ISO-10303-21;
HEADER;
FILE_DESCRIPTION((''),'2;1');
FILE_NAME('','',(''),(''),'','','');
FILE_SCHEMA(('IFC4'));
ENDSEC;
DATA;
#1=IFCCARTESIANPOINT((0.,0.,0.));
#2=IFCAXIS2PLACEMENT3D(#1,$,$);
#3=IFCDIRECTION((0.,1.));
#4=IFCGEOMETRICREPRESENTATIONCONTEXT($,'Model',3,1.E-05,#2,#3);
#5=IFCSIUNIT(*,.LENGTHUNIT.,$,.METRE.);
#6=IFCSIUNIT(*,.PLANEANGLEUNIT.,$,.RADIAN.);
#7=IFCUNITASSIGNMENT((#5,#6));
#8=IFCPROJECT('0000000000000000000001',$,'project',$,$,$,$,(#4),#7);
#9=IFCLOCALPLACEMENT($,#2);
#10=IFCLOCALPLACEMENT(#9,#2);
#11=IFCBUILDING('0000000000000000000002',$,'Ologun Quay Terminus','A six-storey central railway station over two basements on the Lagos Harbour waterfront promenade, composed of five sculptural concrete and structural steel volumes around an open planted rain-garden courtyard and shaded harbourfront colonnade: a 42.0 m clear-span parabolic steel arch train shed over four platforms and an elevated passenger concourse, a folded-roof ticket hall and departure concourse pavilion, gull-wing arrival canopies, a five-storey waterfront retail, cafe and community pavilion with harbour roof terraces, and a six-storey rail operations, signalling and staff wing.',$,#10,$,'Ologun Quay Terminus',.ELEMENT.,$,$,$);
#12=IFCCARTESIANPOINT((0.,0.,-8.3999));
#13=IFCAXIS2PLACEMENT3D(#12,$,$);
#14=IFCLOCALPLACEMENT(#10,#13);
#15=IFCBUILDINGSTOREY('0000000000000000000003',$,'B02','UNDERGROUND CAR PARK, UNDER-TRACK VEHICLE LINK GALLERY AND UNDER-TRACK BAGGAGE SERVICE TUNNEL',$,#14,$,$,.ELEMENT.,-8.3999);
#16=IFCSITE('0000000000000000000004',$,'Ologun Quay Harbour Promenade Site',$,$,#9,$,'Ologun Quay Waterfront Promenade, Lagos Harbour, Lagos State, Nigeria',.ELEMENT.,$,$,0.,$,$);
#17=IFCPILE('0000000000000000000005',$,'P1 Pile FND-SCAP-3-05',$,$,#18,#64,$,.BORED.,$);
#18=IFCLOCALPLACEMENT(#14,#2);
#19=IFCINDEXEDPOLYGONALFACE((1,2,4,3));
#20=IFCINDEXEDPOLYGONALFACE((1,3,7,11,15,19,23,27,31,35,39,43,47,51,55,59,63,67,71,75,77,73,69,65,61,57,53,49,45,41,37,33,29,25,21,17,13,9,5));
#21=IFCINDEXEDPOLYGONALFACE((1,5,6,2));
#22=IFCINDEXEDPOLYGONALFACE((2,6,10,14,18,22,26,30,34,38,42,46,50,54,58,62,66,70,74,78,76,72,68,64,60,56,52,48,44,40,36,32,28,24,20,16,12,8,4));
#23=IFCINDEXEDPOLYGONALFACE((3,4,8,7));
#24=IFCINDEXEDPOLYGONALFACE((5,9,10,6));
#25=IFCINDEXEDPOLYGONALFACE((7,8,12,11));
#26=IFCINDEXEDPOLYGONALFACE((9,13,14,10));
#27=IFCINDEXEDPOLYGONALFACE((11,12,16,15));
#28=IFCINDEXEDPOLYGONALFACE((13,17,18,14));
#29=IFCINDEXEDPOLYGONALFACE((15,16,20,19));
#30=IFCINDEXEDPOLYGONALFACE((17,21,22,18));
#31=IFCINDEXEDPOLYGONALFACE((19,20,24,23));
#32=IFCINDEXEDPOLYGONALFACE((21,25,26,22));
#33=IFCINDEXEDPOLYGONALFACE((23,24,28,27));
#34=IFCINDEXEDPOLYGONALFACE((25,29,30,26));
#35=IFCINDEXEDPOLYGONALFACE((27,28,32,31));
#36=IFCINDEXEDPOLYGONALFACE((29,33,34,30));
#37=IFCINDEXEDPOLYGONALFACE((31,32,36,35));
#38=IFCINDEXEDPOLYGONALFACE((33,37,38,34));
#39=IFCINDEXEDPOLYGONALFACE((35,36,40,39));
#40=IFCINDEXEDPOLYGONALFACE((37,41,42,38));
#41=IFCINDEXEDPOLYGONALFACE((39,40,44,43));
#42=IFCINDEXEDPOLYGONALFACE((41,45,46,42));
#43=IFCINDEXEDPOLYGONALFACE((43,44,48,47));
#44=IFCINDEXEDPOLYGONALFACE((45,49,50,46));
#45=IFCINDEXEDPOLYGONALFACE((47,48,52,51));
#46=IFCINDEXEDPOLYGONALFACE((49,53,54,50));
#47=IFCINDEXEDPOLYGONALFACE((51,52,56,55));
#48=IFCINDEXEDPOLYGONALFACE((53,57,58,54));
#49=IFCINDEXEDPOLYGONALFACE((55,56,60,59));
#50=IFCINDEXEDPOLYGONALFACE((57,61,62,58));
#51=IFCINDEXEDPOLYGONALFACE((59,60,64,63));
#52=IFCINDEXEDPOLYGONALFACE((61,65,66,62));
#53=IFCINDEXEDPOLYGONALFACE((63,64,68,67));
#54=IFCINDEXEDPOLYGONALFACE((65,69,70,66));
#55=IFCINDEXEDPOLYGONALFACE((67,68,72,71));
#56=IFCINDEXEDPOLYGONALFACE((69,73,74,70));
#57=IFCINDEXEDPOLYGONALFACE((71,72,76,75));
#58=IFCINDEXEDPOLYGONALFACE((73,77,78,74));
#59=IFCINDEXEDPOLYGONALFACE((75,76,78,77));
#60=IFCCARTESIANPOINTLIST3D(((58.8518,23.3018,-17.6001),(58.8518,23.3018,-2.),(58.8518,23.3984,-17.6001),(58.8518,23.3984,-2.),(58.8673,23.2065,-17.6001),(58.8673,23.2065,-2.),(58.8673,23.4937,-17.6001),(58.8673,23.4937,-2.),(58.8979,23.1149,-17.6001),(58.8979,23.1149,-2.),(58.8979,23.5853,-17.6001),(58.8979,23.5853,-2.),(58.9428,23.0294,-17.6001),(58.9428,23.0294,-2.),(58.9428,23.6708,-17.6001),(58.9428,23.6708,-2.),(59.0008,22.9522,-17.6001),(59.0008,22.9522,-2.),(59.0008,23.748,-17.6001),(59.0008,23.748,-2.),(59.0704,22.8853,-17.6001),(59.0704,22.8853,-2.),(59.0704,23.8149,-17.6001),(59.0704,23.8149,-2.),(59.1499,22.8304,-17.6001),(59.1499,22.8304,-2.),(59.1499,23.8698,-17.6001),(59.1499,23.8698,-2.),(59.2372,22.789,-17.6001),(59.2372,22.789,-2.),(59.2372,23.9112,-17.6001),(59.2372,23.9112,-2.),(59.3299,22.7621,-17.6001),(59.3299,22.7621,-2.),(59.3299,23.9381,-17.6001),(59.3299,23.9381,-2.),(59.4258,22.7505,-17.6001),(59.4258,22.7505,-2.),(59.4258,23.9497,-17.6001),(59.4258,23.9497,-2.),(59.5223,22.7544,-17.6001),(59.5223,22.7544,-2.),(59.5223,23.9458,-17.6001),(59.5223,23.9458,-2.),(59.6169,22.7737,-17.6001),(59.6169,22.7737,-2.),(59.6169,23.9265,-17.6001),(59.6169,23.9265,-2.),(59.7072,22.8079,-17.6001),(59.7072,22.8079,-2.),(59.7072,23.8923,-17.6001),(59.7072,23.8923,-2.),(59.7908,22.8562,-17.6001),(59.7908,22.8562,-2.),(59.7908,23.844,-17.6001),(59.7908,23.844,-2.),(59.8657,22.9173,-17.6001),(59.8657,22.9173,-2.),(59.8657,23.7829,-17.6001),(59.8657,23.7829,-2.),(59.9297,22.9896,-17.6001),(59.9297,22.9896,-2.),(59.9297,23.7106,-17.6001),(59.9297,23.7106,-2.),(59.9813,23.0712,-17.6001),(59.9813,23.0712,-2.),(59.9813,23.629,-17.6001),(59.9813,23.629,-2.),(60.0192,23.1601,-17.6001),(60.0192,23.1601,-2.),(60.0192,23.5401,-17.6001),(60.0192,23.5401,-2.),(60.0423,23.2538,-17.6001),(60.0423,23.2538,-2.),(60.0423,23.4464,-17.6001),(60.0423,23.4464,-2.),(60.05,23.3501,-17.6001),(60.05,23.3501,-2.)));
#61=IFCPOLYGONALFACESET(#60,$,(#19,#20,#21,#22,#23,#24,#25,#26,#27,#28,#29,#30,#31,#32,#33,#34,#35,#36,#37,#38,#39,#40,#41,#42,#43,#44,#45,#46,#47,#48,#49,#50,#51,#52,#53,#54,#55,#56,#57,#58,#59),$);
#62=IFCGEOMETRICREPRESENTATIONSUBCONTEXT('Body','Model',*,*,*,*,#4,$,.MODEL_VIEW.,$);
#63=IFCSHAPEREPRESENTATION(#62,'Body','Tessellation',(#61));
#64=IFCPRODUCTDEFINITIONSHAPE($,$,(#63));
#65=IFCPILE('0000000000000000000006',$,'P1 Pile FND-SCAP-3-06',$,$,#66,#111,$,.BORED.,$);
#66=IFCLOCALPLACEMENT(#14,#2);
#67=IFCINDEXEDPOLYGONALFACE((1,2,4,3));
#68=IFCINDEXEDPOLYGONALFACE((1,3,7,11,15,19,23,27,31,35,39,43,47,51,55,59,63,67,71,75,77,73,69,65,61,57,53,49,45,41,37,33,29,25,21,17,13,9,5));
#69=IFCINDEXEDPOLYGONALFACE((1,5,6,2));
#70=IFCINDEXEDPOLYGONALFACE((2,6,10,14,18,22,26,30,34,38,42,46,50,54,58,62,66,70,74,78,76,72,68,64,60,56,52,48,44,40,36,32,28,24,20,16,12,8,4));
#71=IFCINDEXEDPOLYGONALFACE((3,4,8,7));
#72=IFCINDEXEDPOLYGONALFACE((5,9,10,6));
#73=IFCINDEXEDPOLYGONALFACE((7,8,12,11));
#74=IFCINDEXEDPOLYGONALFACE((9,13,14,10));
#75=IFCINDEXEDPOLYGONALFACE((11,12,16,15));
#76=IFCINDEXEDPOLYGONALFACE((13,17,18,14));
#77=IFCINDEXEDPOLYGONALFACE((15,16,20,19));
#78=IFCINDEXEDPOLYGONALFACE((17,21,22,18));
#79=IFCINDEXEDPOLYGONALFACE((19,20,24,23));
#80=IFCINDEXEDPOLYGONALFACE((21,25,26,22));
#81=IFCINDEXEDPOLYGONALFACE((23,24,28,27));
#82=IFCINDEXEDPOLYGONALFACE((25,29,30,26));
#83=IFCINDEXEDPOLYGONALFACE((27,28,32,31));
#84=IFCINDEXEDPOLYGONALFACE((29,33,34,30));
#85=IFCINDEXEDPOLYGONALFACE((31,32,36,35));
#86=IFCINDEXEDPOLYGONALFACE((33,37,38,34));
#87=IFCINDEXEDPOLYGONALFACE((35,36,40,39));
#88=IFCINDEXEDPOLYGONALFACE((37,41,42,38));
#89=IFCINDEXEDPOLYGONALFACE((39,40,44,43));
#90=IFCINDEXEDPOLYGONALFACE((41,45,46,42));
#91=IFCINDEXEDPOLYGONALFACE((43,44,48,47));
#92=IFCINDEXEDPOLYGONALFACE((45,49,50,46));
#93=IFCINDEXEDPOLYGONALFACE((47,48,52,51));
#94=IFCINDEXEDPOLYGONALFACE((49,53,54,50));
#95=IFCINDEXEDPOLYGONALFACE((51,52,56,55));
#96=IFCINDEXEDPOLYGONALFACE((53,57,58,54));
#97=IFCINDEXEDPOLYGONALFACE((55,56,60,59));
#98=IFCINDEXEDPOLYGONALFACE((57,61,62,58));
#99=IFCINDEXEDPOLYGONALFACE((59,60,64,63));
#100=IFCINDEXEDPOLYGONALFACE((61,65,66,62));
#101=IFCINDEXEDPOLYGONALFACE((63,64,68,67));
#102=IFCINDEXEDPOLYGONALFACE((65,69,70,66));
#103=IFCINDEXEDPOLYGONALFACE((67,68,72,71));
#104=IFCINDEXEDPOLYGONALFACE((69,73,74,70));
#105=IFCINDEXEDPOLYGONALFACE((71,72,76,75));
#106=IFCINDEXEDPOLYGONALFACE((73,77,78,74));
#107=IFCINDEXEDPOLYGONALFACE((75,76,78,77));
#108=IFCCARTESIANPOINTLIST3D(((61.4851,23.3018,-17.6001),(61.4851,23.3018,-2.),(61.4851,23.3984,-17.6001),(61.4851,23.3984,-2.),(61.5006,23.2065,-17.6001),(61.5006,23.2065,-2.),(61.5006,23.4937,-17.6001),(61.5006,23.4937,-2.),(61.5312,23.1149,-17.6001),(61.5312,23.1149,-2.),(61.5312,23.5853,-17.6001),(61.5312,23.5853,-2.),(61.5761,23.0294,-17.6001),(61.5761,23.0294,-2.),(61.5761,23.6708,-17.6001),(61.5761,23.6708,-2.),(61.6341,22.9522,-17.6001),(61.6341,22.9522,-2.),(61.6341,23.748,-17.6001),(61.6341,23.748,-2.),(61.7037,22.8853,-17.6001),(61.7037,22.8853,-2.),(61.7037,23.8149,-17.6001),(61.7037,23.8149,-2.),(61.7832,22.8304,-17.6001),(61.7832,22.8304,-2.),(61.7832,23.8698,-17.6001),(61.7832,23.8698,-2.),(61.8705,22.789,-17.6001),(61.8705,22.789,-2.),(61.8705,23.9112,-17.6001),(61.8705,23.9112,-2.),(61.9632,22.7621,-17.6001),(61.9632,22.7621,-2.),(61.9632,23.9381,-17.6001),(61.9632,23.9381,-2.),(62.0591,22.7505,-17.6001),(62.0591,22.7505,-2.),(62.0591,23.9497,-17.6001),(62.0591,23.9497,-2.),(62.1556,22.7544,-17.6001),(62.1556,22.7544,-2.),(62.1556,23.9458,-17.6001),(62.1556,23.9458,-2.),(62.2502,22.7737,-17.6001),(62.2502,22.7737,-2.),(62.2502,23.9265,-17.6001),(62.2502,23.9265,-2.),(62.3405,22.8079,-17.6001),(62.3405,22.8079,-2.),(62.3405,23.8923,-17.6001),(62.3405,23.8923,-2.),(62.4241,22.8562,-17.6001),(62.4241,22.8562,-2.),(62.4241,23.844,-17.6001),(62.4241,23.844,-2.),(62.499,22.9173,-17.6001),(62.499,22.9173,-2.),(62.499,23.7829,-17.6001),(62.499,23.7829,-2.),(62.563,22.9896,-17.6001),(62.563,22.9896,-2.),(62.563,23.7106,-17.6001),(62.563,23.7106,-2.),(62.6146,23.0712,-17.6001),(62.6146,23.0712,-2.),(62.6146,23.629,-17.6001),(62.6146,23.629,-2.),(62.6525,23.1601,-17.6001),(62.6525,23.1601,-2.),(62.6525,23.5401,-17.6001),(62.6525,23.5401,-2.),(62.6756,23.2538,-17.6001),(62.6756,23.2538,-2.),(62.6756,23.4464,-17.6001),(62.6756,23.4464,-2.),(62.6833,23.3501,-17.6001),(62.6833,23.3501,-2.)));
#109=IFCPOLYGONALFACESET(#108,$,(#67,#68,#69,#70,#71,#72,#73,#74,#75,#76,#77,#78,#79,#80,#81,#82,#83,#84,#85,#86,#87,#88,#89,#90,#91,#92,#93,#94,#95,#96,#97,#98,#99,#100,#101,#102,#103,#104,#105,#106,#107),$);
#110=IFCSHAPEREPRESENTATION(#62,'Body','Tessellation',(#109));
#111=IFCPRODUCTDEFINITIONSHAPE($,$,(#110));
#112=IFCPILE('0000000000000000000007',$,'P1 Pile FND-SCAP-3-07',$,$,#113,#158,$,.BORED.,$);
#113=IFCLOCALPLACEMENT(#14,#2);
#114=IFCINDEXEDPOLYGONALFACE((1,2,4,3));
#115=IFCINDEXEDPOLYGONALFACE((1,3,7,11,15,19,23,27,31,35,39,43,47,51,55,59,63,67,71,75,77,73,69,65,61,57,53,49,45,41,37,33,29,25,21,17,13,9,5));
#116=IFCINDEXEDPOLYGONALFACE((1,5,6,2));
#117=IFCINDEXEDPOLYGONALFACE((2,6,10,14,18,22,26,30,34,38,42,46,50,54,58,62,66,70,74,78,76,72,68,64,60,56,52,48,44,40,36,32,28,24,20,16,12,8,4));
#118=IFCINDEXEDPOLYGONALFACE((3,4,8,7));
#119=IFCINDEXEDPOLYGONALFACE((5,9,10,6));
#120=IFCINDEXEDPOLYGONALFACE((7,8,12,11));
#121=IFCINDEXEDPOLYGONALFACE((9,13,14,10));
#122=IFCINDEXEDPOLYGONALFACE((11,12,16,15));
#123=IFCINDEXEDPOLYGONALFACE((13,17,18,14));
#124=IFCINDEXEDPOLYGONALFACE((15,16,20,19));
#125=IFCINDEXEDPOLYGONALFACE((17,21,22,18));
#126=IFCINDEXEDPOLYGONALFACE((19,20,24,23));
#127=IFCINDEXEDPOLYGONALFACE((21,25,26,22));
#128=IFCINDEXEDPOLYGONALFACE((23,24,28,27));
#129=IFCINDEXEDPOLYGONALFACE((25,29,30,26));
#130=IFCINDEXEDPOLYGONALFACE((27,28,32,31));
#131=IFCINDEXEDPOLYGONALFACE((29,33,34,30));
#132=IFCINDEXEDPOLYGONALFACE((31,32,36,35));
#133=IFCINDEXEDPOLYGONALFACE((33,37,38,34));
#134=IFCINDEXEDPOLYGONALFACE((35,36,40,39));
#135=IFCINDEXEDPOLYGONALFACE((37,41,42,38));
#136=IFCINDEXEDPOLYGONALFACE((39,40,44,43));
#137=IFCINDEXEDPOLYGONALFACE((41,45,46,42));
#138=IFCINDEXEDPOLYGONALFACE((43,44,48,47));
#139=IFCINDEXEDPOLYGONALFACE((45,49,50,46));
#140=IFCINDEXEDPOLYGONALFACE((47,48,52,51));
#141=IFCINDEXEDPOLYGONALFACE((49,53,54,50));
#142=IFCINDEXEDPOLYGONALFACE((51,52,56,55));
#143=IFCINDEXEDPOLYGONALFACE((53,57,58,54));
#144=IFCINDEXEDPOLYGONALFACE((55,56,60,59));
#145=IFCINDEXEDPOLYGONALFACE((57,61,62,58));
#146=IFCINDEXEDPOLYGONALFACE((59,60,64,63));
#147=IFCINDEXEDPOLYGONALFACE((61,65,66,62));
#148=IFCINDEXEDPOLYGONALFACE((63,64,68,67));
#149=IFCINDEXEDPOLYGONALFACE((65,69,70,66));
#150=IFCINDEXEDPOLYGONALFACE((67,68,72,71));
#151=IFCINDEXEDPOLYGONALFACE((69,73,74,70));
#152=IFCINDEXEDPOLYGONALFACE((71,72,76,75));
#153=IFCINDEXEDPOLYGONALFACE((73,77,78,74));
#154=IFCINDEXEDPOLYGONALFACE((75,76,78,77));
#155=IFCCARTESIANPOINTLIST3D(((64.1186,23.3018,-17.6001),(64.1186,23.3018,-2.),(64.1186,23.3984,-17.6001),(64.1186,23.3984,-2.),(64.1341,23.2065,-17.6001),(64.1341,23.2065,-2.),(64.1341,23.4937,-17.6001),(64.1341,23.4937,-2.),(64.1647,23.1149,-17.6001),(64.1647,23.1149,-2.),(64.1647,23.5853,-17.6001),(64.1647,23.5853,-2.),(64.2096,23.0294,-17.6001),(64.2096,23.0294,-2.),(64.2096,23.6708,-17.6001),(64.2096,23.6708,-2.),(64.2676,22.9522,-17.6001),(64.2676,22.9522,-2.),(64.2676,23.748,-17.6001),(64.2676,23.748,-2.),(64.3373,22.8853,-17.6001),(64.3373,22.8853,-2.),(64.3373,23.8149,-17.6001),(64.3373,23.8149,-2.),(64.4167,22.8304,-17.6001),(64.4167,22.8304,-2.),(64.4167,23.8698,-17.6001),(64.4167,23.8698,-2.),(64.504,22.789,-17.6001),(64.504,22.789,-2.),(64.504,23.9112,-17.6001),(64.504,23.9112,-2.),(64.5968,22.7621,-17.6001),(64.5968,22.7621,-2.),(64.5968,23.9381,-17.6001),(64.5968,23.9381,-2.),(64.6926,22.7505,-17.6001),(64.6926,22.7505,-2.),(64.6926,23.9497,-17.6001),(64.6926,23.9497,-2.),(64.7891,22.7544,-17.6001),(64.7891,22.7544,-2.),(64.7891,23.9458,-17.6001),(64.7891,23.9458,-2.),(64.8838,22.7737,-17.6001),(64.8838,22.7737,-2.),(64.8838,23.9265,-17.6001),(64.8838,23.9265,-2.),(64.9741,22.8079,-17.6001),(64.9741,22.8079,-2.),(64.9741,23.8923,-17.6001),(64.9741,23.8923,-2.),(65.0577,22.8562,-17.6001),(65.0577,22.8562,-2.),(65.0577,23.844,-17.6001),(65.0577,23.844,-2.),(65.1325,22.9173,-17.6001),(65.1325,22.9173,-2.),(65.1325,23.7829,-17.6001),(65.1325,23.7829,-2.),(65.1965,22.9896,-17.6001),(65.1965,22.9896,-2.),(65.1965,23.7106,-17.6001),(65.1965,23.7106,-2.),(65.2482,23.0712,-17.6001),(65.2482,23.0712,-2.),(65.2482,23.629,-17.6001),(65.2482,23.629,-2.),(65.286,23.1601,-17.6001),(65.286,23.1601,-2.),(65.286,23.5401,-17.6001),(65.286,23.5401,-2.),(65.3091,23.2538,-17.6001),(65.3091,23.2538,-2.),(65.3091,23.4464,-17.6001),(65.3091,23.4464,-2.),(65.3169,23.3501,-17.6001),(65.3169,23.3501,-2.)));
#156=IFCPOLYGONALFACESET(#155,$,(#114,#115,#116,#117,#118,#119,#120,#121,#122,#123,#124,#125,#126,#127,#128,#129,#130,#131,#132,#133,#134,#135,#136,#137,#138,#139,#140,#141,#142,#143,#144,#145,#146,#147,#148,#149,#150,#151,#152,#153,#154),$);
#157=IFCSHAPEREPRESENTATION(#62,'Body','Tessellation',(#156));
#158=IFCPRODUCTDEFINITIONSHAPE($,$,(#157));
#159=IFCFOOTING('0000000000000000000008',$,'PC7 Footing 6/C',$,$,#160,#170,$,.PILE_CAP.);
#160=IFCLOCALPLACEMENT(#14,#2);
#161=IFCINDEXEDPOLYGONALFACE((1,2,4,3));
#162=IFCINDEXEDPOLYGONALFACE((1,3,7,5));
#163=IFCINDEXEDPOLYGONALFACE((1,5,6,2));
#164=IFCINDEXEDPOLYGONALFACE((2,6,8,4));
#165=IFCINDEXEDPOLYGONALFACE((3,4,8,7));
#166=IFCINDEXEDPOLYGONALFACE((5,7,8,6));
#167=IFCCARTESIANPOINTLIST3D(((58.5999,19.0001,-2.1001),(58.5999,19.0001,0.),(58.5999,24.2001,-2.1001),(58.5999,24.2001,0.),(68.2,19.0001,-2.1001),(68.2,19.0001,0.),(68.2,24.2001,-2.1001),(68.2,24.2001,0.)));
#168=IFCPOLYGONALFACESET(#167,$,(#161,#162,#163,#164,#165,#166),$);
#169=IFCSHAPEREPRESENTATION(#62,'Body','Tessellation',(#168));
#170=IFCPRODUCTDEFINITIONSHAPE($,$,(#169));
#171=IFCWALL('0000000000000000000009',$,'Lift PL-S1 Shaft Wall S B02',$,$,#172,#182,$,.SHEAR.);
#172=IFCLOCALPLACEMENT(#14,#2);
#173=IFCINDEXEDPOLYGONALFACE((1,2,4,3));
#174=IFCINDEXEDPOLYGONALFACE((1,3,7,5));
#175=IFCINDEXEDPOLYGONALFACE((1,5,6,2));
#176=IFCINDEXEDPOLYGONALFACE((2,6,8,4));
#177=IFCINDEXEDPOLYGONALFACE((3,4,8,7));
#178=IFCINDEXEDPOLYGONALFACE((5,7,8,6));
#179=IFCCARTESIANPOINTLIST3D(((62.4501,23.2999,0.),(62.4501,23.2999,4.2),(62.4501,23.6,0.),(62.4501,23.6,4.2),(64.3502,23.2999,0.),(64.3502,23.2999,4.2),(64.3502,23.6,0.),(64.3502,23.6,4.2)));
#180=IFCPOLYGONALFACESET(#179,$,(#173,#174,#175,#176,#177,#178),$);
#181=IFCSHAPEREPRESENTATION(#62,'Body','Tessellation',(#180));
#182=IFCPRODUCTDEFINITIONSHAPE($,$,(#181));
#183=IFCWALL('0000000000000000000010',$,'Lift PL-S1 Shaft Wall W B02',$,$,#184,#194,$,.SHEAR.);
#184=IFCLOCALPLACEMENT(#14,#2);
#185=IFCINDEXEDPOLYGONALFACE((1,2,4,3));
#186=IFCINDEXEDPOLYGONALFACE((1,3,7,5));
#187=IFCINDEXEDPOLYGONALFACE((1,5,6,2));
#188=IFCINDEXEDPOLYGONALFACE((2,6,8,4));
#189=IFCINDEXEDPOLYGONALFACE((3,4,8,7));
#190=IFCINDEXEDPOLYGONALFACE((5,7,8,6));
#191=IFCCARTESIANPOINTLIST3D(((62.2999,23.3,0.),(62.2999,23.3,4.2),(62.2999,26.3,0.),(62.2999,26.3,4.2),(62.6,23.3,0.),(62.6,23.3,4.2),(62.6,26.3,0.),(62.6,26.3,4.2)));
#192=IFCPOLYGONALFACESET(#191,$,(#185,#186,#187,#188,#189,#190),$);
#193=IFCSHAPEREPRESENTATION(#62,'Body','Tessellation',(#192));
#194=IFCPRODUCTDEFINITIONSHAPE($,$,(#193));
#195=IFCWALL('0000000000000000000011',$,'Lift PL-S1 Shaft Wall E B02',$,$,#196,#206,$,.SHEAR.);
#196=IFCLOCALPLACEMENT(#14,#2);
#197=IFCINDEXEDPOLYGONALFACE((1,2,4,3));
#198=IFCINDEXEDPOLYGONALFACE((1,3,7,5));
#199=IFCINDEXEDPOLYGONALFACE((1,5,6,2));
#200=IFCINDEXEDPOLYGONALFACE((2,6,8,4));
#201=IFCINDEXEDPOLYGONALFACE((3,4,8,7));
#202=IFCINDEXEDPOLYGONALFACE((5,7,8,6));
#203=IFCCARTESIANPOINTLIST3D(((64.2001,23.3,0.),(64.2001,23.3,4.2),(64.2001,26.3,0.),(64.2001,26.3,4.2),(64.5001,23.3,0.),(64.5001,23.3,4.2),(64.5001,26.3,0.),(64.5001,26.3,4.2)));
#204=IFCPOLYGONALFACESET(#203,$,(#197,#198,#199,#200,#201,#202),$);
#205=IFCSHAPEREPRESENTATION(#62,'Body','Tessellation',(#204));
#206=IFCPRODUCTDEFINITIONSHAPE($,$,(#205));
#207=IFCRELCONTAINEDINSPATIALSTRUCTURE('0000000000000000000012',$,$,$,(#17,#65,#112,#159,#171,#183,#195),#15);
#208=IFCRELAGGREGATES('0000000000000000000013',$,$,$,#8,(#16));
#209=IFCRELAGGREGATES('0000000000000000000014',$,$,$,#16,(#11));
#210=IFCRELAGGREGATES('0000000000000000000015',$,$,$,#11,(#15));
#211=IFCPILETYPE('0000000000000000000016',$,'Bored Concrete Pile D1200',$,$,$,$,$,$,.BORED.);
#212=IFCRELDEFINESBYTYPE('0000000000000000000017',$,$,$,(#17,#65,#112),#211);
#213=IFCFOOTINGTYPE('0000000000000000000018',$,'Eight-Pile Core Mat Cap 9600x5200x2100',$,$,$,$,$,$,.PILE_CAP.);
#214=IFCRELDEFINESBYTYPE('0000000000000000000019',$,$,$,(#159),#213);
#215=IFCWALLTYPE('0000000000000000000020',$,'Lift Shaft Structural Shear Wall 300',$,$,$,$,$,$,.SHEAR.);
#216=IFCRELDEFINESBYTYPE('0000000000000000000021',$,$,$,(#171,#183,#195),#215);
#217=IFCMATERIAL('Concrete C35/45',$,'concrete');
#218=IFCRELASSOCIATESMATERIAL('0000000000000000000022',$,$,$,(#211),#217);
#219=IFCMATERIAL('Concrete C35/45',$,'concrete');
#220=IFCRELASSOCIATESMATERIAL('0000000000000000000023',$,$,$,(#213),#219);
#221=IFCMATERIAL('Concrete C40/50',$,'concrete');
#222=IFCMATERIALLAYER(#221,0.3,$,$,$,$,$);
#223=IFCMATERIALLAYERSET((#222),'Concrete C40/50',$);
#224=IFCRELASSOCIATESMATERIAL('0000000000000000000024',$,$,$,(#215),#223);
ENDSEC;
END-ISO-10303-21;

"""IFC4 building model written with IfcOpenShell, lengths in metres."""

from ifc_helpers import new_model, si_unit, direction, frame, frame_2d, origin, origin_2d, place, context, subcontext, project, spatial, rectangle, circle, extrude, material, layer, layer_set, material_profile, profile_set, type_object, element, save


model = new_model("IFC4")

# Units and contexts
model_context = context("Model", 3, precision=1e-05, world=origin(), true_north=direction((0.0, 1.0)))
body_context = subcontext(model_context, "Body", "Model", "MODEL_VIEW")
ifc_project = project(units=[si_unit("LENGTHUNIT", "METRE"), si_unit("PLANEANGLEUNIT", "RADIAN")], contexts=[model_context])

# Site, building, storey
site_placement = place(None, origin())
site = spatial("IfcSite", under=ifc_project, at=site_placement, Name="Ologun Quay Harbour Promenade Site", LongName="Ologun Quay Waterfront Promenade, Lagos Harbour, Lagos State, Nigeria", CompositionType="ELEMENT", RefElevation=0.0)
building_placement = place(site_placement, origin())
building = spatial("IfcBuilding", under=site, at=building_placement, Name="Ologun Quay Terminus", Description="A six-storey central railway station over two basements on the Lagos Harbour waterfront promenade, composed of five sculptural concrete and structural steel volumes around an open planted rain-garden courtyard and shaded harbourfront colonnade: a 42.0 m clear-span parabolic steel arch train shed over four platforms and an elevated passenger concourse, a folded-roof ticket hall and departure concourse pavilion, gull-wing arrival canopies, a five-storey waterfront retail, cafe and community pavilion with harbour roof terraces, and a six-storey rail operations, signalling and staff wing.", LongName="Ologun Quay Terminus", CompositionType="ELEMENT")
storey_placement = place(building_placement, frame((0.0, 0.0, -8.3999)))
storey = spatial("IfcBuildingStorey", under=building, at=storey_placement, Name="B02", Description="UNDERGROUND CAR PARK, UNDER-TRACK VEHICLE LINK GALLERY AND UNDER-TRACK BAGGAGE SERVICE TUNNEL", CompositionType="ELEMENT", Elevation=-8.3999)

# Piles
ifc_material_1 = material(Name="Concrete C35/45", Category="concrete")
ifc_material_profile_1 = material_profile(ifc_material_1, circle(Radius=0.6001, at=origin_2d()), Name="PILE D1200")
ifc_profile_set_1 = profile_set([ifc_material_profile_1], Name="Concrete C35/45")
pile_type_1 = type_object("IfcPileType", Name="Bored Concrete Pile D1200", PredefinedType="BORED", material=ifc_profile_set_1)
for number, where, z_axis, x_axis, name in (
    (1, (59.45, 23.3501, -2.0), (0.0, 0.0, -1.0), (1.0, 0.0, 0.0), "P1 Pile FND-SCAP-3-05"),
    (2, (62.0833, 23.3501, -2.0), (0.0, 0.0, -1.0), (1.0, 0.0, 0.0), "P1 Pile FND-SCAP-3-06"),
    (3, (64.7168, 23.3501, -2.0), (0.0, 0.0, -1.0), (1.0, 0.0, 0.0), "P1 Pile FND-SCAP-3-07"),
):
    element("IfcPile", number, at=place(storey_placement, frame(where, z_axis=z_axis, x_axis=x_axis)), inside=storey, type_object=pile_type_1, Name=name, PredefinedType="BORED", context=body_context, shape_type="SweptSolid", body=[
        extrude(circle(Radius=0.6001, at=origin_2d()), origin(), (0.0, 0.0, 1.0), 15.6001),
    ])

# Footing
ifc_material_2 = material(Name="Concrete C35/45", Category="concrete")
footing_type = type_object("IfcFootingType", Name="Eight-Pile Core Mat Cap 9600x5200x2100", PredefinedType="PILE_CAP", material=ifc_material_2)
footing_placement = place(storey_placement, frame((63.3999, 21.6001, -2.1001), z_axis=(0.0, 0.0, 1.0), x_axis=(1.0, 0.0, 0.0)))
element("IfcFooting", 4, at=footing_placement, inside=storey, type_object=footing_type, Name="PC7 Footing 6/C", PredefinedType="PILE_CAP", context=body_context, shape_type="SweptSolid", body=[
    extrude(rectangle(XDim=9.6001, YDim=5.2, at=origin_2d()), origin(), (0.0, 0.0, 1.0), 2.1001),
])

# Wall
ifc_material_3 = material(Name="Concrete C40/50", Category="concrete")
ifc_layer_1 = layer(ifc_material_3, 0.3)
ifc_layer_set_1 = layer_set([ifc_layer_1], Name="Concrete C40/50")
wall_type_1 = type_object("IfcWallType", Name="Lift Shaft Structural Shear Wall 300", PredefinedType="SHEAR", material=ifc_layer_set_1)
wall_1_placement = place(storey_placement, frame((62.45, 23.45, 0.0), z_axis=(0.0, 0.0, 1.0), x_axis=(1.0, 0.0, 0.0)))
element("IfcWall", 5, at=wall_1_placement, inside=storey, type_object=wall_type_1, Name="Lift PL-S1 Shaft Wall S B02", PredefinedType="SHEAR", context=body_context, shape_type="SweptSolid", body=[
    extrude(rectangle(XDim=1.9001, YDim=0.3, at=frame_2d((0.9502, 0.0))), origin(), (0.0, 0.0, 1.0), 4.2),
])

# Walls
for number, where, z_axis, x_axis, name in (
    (6, (62.45, 23.3, 0.0), (0.0, 0.0, 1.0), (0.0, 1.0, 0.0), "Lift PL-S1 Shaft Wall W B02"),
    (7, (64.3501, 23.3, 0.0), (0.0, 0.0, 1.0), (0.0, 1.0, 0.0), "Lift PL-S1 Shaft Wall E B02"),
):
    element("IfcWall", number, at=place(storey_placement, frame(where, z_axis=z_axis, x_axis=x_axis)), inside=storey, type_object=wall_type_1, Name=name, PredefinedType="SHEAR", context=body_context, shape_type="SweptSolid", body=[
        extrude(rectangle(XDim=3.0, YDim=0.3, at=frame_2d((1.5, 0.0))), origin(), (0.0, 0.0, 1.0), 4.2),
    ])

save(model, "model.ifc")
